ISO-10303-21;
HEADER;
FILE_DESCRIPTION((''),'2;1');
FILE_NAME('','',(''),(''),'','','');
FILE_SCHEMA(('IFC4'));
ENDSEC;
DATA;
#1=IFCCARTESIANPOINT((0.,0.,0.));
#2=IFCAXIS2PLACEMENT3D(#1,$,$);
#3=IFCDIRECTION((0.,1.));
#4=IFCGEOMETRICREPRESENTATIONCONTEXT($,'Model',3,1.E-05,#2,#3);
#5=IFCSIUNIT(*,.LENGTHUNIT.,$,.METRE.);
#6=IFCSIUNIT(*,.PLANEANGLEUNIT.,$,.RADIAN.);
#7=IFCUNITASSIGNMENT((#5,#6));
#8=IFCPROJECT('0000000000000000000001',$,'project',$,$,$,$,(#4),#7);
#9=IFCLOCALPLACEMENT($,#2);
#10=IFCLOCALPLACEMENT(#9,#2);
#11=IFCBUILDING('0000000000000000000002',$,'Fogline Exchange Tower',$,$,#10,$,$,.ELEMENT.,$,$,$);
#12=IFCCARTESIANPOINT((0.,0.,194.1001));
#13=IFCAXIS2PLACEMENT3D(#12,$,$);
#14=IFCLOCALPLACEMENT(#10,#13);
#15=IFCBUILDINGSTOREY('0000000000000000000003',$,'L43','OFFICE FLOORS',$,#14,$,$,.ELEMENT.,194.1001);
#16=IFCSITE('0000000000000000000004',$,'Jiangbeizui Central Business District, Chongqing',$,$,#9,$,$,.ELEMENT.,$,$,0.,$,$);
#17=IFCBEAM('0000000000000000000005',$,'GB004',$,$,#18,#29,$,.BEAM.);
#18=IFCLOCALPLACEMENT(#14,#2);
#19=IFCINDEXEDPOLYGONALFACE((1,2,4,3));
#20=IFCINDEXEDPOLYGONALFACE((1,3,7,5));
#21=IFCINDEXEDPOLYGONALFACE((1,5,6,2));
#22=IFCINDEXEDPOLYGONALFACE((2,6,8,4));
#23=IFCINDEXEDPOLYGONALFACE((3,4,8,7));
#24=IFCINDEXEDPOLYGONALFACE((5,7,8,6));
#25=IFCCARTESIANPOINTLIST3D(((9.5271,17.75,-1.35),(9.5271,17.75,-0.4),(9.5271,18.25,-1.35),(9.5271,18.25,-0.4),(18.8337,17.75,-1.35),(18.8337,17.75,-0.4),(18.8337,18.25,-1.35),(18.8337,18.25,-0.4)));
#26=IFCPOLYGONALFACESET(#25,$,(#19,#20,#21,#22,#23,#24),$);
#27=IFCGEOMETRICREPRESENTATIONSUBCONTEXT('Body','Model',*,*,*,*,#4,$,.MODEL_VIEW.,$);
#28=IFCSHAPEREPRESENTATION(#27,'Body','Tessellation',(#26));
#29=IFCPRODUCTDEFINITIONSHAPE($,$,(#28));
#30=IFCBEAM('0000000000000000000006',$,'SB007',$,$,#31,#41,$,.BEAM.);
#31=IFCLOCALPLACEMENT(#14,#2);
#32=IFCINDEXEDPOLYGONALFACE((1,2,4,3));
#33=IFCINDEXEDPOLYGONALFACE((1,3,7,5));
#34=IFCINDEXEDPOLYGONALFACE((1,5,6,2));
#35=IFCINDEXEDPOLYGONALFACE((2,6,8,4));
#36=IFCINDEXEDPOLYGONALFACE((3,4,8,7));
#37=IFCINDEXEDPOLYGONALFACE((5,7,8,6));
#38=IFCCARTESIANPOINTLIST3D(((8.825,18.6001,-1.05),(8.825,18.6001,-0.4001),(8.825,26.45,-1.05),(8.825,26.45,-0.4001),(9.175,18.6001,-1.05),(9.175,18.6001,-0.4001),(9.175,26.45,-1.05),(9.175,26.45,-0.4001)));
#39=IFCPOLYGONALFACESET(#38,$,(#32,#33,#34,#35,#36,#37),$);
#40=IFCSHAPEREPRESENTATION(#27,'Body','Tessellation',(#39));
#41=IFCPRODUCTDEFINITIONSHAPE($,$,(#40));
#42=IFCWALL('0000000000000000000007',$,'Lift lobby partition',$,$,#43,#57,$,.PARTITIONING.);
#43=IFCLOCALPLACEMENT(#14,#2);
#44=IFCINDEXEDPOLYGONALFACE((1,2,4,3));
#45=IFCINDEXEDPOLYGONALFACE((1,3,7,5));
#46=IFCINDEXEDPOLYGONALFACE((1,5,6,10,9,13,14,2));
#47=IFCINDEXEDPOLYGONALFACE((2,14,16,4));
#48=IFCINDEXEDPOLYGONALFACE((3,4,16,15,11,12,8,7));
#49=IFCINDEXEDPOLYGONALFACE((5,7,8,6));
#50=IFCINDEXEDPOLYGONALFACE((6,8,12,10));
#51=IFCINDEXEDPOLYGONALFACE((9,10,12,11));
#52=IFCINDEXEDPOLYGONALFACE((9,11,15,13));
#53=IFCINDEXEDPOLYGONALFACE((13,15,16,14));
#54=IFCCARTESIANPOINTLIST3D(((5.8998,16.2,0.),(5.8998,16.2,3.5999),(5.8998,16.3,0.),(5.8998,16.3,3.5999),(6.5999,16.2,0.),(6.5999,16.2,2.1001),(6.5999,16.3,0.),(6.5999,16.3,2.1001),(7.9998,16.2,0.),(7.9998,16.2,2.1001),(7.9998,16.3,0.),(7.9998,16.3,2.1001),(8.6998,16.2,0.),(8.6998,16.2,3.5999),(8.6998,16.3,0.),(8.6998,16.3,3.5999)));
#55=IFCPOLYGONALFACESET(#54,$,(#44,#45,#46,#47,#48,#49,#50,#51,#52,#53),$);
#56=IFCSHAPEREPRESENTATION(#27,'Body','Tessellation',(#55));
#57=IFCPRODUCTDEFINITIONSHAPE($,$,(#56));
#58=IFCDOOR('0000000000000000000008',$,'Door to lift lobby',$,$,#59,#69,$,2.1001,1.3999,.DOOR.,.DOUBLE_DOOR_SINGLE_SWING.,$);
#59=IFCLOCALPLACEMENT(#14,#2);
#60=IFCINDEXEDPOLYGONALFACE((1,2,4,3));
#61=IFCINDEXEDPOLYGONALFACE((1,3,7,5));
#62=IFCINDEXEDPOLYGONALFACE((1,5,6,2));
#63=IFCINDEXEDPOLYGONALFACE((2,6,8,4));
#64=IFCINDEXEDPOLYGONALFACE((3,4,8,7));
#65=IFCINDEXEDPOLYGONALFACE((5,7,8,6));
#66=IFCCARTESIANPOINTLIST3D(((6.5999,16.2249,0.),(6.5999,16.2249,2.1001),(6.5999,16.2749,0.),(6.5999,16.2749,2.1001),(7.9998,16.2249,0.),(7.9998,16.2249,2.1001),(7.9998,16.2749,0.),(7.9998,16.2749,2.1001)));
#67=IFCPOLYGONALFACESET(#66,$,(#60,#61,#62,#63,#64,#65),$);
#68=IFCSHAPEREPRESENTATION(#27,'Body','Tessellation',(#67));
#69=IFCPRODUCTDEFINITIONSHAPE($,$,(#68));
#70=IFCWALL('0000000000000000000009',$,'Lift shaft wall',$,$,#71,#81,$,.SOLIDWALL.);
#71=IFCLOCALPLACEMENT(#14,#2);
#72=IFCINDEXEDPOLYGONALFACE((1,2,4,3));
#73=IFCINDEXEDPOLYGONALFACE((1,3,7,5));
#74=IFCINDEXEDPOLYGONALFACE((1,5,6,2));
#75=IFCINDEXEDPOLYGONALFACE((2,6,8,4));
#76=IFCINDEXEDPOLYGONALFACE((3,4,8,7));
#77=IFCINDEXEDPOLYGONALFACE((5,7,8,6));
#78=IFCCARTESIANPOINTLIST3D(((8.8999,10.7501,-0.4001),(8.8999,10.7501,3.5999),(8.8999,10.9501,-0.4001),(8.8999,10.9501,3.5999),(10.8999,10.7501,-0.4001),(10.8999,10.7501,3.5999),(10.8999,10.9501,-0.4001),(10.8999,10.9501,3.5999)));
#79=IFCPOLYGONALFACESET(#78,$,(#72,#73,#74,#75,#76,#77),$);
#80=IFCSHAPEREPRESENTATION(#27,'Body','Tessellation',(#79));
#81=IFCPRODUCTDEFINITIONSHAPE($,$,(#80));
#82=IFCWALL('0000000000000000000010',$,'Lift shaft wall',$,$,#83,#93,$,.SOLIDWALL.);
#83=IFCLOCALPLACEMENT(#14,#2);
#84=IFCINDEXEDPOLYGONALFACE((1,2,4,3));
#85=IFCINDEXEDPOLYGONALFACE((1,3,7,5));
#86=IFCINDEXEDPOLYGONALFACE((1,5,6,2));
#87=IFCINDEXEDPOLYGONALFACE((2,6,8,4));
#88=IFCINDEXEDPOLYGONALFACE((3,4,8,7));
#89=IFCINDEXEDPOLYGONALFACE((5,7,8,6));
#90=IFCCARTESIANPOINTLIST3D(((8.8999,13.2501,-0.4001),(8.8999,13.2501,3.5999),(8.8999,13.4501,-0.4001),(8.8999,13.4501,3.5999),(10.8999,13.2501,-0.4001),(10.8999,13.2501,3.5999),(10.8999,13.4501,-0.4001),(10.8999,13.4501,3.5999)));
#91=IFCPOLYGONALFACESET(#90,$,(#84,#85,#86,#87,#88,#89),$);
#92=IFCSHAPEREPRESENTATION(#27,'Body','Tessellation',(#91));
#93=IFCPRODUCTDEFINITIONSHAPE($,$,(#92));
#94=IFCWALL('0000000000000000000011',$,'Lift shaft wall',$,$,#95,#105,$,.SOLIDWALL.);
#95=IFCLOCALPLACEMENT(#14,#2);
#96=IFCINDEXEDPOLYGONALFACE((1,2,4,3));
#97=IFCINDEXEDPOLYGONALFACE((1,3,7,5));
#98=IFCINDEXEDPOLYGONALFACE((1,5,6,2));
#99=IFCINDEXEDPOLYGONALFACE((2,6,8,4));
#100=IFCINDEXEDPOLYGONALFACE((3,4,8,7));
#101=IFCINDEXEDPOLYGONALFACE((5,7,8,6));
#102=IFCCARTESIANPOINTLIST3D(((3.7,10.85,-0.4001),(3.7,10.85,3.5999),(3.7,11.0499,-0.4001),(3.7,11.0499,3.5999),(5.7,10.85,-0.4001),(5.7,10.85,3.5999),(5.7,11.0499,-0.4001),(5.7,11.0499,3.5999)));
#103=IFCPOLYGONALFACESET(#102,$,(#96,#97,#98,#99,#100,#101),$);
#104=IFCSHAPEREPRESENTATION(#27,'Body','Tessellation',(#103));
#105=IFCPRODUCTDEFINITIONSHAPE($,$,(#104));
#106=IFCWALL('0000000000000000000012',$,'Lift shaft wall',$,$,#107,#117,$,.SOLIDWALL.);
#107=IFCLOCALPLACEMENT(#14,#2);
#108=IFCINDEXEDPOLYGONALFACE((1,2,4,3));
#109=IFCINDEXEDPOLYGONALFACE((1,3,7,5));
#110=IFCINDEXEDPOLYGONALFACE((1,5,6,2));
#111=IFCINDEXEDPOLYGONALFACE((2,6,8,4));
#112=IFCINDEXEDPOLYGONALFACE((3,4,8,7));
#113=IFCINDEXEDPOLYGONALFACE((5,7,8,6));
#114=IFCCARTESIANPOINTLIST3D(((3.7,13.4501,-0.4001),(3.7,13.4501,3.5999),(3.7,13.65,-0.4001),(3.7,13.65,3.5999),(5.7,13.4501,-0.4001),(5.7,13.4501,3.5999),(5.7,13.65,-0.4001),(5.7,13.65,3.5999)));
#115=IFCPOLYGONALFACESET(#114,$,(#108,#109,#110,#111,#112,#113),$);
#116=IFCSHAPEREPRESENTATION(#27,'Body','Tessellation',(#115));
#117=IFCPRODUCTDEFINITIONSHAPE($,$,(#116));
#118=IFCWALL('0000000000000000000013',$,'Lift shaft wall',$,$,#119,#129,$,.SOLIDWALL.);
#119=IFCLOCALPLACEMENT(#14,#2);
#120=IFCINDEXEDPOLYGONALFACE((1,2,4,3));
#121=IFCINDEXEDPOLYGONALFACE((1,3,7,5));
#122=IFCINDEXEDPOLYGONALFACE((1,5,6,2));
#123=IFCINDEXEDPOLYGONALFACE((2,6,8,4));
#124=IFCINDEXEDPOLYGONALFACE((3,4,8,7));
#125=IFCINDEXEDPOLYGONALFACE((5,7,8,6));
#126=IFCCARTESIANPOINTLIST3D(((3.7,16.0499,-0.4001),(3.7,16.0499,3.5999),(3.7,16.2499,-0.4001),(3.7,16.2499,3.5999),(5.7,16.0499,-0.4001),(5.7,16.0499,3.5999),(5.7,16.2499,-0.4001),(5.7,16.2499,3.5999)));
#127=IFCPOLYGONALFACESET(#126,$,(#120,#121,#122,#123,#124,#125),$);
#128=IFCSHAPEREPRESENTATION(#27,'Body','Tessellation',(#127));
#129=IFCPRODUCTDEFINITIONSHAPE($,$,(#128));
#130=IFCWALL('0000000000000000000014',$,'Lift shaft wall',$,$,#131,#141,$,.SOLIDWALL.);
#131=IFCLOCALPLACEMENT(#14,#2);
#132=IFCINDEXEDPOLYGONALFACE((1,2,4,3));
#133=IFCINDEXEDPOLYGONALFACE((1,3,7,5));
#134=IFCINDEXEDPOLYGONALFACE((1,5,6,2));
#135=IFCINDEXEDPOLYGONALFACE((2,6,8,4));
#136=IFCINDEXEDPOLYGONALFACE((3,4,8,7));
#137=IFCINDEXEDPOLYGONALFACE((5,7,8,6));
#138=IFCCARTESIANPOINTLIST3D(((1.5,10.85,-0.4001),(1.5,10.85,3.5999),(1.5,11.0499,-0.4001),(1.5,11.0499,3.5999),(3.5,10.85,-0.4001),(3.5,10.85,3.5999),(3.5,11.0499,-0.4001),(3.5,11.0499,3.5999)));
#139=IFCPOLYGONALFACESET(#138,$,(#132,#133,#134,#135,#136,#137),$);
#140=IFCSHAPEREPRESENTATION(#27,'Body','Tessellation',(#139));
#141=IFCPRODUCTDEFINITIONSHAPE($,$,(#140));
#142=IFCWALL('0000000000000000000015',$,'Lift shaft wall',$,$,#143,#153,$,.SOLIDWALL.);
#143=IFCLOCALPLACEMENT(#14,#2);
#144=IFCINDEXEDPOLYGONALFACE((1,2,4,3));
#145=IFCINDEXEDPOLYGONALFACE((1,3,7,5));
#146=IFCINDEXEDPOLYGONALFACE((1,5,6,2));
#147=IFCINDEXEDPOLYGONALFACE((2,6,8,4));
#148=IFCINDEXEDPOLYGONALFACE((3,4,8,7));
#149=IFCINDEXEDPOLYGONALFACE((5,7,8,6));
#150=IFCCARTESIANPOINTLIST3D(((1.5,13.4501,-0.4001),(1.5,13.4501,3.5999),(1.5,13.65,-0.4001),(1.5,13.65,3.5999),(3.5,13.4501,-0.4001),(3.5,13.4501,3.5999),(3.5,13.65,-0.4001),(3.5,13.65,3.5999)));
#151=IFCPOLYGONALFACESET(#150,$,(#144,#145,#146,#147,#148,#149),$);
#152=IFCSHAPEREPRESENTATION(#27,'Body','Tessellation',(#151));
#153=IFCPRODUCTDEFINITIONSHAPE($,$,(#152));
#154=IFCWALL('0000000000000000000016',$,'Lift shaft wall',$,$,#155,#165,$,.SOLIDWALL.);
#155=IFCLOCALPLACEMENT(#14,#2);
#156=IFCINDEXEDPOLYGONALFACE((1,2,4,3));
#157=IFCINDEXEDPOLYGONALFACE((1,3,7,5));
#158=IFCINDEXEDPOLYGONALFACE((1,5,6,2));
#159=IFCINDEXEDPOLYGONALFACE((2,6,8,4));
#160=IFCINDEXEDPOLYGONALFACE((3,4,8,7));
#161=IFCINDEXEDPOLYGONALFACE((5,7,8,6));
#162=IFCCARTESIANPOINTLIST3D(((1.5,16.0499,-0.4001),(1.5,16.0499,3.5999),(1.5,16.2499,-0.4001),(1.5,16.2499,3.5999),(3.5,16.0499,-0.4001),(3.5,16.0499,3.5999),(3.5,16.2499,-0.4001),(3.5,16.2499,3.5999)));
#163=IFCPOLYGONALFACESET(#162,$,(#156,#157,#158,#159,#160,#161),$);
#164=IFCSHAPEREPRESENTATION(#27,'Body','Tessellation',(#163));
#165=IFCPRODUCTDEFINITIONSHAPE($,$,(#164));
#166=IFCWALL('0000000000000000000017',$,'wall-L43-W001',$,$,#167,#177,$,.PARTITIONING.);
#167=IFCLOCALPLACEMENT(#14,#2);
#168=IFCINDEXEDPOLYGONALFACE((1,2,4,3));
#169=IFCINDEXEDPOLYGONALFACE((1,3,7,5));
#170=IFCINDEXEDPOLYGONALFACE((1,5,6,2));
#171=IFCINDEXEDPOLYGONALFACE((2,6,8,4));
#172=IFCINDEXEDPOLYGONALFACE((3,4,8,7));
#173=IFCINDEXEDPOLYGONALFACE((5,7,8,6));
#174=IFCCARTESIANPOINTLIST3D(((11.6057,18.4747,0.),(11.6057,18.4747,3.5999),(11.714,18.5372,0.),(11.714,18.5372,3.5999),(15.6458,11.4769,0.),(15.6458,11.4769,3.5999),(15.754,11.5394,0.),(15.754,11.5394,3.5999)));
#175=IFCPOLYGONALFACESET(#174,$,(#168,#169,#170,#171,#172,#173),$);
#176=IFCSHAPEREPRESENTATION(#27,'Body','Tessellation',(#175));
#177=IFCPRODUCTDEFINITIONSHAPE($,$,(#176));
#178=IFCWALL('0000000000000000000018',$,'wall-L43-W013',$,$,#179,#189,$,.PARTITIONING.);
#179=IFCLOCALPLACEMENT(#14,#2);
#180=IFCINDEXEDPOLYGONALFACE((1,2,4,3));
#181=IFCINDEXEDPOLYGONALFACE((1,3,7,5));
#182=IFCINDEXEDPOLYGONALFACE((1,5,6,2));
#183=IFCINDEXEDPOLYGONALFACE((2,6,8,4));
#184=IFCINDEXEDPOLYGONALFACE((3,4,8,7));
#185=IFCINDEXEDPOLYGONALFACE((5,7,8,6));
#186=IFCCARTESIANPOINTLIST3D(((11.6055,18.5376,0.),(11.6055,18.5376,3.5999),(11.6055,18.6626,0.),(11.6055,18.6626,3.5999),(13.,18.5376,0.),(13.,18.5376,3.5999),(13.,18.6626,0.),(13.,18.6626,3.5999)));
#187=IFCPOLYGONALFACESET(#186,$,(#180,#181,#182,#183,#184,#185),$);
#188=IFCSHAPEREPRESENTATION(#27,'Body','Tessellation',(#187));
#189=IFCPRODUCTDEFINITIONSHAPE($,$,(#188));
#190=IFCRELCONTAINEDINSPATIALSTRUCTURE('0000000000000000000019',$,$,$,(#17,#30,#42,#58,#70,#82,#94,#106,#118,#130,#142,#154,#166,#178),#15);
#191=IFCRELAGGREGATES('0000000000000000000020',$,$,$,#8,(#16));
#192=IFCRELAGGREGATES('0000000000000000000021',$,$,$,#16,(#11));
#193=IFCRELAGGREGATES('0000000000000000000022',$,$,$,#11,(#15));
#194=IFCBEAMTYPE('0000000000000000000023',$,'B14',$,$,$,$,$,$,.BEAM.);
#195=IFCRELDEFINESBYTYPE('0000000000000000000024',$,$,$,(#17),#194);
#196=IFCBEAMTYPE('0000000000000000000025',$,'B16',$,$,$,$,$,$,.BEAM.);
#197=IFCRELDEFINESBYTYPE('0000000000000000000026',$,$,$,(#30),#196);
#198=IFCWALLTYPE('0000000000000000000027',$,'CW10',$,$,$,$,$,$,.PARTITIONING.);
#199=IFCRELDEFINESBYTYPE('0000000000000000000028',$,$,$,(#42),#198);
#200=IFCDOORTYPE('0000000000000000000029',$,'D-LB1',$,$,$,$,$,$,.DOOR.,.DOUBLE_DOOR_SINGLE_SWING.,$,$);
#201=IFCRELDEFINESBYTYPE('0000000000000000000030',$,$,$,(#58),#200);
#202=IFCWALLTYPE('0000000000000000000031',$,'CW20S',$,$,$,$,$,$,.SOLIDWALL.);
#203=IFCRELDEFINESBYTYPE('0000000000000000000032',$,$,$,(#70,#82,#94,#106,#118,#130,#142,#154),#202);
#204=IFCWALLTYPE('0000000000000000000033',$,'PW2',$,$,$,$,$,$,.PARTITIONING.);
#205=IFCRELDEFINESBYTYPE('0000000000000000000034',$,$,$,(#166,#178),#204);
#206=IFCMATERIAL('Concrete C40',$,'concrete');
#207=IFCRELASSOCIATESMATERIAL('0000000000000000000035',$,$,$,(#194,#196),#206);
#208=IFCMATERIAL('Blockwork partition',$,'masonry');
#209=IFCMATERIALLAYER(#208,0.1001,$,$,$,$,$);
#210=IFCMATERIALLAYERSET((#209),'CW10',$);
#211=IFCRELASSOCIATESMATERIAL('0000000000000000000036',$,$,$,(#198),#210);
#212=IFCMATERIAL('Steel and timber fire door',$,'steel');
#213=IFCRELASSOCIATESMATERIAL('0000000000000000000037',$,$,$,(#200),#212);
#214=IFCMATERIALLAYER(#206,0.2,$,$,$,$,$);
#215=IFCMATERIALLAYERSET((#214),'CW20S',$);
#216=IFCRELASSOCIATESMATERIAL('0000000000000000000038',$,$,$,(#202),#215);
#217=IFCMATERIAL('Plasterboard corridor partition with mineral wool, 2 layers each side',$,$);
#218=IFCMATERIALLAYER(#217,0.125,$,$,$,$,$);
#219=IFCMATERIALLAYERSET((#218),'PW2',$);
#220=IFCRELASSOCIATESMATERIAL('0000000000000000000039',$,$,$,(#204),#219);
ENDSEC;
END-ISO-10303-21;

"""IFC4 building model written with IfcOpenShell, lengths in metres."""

from ifc_helpers import new_model, si_unit, direction, frame, frame_2d, origin, origin_2d, place, context, subcontext, project, spatial, rectangle, extrude, material, layer, layer_set, material_profile, profile_set, type_object, element, fill, save


model = new_model("IFC4")

# Units and contexts
model_context = context("Model", 3, precision=1e-05, world=origin(), true_north=direction((0.0, 1.0)))
body_context = subcontext(model_context, "Body", "Model", "MODEL_VIEW")
ifc_project = project(units=[si_unit("LENGTHUNIT", "METRE"), si_unit("PLANEANGLEUNIT", "RADIAN")], contexts=[model_context])

# Site, building, storey
site_placement = place(None, origin())
site = spatial("IfcSite", under=ifc_project, at=site_placement, Name="Jiangbeizui Central Business District, Chongqing", CompositionType="ELEMENT", RefElevation=0.0)
building_placement = place(site_placement, origin())
building = spatial("IfcBuilding", under=site, at=building_placement, Name="Fogline Exchange Tower", CompositionType="ELEMENT")
storey_placement = place(building_placement, frame((0.0, 0.0, 194.1001)))
storey = spatial("IfcBuildingStorey", under=building, at=storey_placement, Name="L43", Description="OFFICE FLOORS", CompositionType="ELEMENT", Elevation=194.1001)

# Beams
ifc_material_1 = material(Name="Concrete C40", Category="concrete")
ifc_material_profile_1 = material_profile(ifc_material_1, rectangle(XDim=0.5, YDim=0.95, at=origin_2d()), Name="RC 500x950")
ifc_profile_set_1 = profile_set([ifc_material_profile_1], Name="Concrete C40")
beam_type_1 = type_object("IfcBeamType", Name="B14", PredefinedType="BEAM", material=ifc_profile_set_1)
beam_1_placement = place(storey_placement, frame((9.5271, 18.0, -0.875), z_axis=(1.0, 0.0, 0.0), x_axis=(0.0, 1.0, 0.0)))
element("IfcBeam", 1, at=beam_1_placement, inside=storey, type_object=beam_type_1, Name="GB004", PredefinedType="BEAM", context=body_context, shape_type="SweptSolid", body=[
    extrude(rectangle(XDim=0.5, YDim=0.95, at=origin_2d()), origin(), (0.0, 0.0, 1.0), 9.3066),
])
ifc_material_profile_2 = material_profile(ifc_material_1, rectangle(XDim=0.3501, YDim=0.6499, at=origin_2d()), Name="RC 350x650")
ifc_profile_set_2 = profile_set([ifc_material_profile_2], Name="Concrete C40")
beam_type_2 = type_object("IfcBeamType", Name="B16", PredefinedType="BEAM", material=ifc_profile_set_2)
beam_2_placement = place(storey_placement, frame((9.0, 18.6001, -0.7251), z_axis=(0.0, 1.0, 0.0), x_axis=(-1.0, 0.0, 0.0)))
element("IfcBeam", 2, at=beam_2_placement, inside=storey, type_object=beam_type_2, Name="SB007", PredefinedType="BEAM", context=body_context, shape_type="SweptSolid", body=[
    extrude(rectangle(XDim=0.3501, YDim=0.6499, at=origin_2d()), origin(), (0.0, 0.0, 1.0), 7.8499),
])

# Wall, opening, door
ifc_material_2 = material(Name="Blockwork partition", Category="masonry")
ifc_layer_1 = layer(ifc_material_2, 0.1001)
ifc_layer_set_1 = layer_set([ifc_layer_1], Name="CW10")
wall_type_1 = type_object("IfcWallType", Name="CW10", PredefinedType="PARTITIONING", material=ifc_layer_set_1)
wall_1_placement = place(storey_placement, frame((5.8999, 16.25, 0.0), z_axis=(0.0, 0.0, 1.0), x_axis=(1.0, 0.0, 0.0)))
wall_1 = element("IfcWall", 3, at=wall_1_placement, inside=storey, type_object=wall_type_1, Name="Lift lobby partition", PredefinedType="PARTITIONING", context=body_context, shape_type="SweptSolid", body=[
    extrude(rectangle(XDim=2.8, YDim=0.1001, at=frame_2d((1.3999, 0.0))), origin(), (0.0, 0.0, 1.0), 3.5999),
])
opening_1_placement = place(wall_1_placement, frame((0.7, 0.0, 0.0)))
opening_1 = element("IfcOpeningElement", 4, at=opening_1_placement, cuts=wall_1, PredefinedType="OPENING", context=body_context, shape_type="SweptSolid", body=[
    extrude(rectangle(XDim=1.3999, YDim=2.1001, at=frame_2d((0.7, 1.05))), frame((0.0, 0.0601, 0.0), z_axis=(0.0, -1.0, 0.0), x_axis=(1.0, 0.0, 0.0)), (0.0, 0.0, 1.0), 0.1201),
])
ifc_material_3 = material(Name="Steel and timber fire door", Category="steel")
door_type_1 = type_object("IfcDoorType", Name="D-LB1", OperationType="DOUBLE_DOOR_SINGLE_SWING", PredefinedType="DOOR", material=ifc_material_3)
door_1_placement = place(opening_1_placement, origin())
door_1 = element("IfcDoor", 5, at=door_1_placement, inside=storey, type_object=door_type_1, Name="Door to lift lobby", OperationType="DOUBLE_DOOR_SINGLE_SWING", OverallHeight=2.1001, OverallWidth=1.3999, PredefinedType="DOOR", context=body_context, shape_type="SweptSolid", body=[
    extrude(rectangle(XDim=1.3999, YDim=2.1001, at=frame_2d((0.7, 1.05))), frame((0.0, 0.0249, 0.0), z_axis=(0.0, -1.0, 0.0), x_axis=(1.0, 0.0, 0.0)), (0.0, 0.0, 1.0), 0.05),
])
fill(opening_1, door_1)

# Walls
ifc_layer_2 = layer(ifc_material_1, 0.2)
ifc_layer_set_2 = layer_set([ifc_layer_2], Name="CW20S")
wall_type_2 = type_object("IfcWallType", Name="CW20S", PredefinedType="SOLIDWALL", material=ifc_layer_set_2)
for number, where, z_axis, x_axis, name in (
    (6, (8.8999, 10.8501, -0.4001), (0.0, 0.0, 1.0), (1.0, 0.0, 0.0), "Lift shaft wall"),
    (7, (8.8999, 13.3501, -0.4001), (0.0, 0.0, 1.0), (1.0, 0.0, 0.0), "Lift shaft wall"),
    (8, (3.7, 10.95, -0.4001), (0.0, 0.0, 1.0), (1.0, 0.0, 0.0), "Lift shaft wall"),
    (9, (3.7, 13.55, -0.4001), (0.0, 0.0, 1.0), (1.0, 0.0, 0.0), "Lift shaft wall"),
    (10, (3.7, 16.1499, -0.4001), (0.0, 0.0, 1.0), (1.0, 0.0, 0.0), "Lift shaft wall"),
    (11, (1.5, 10.95, -0.4001), (0.0, 0.0, 1.0), (1.0, 0.0, 0.0), "Lift shaft wall"),
    (12, (1.5, 13.55, -0.4001), (0.0, 0.0, 1.0), (1.0, 0.0, 0.0), "Lift shaft wall"),
    (13, (1.5, 16.1499, -0.4001), (0.0, 0.0, 1.0), (1.0, 0.0, 0.0), "Lift shaft wall"),
):
    element("IfcWall", number, at=place(storey_placement, frame(where, z_axis=z_axis, x_axis=x_axis)), inside=storey, type_object=wall_type_2, Name=name, PredefinedType="SOLIDWALL", context=body_context, shape_type="SweptSolid", body=[
        extrude(rectangle(XDim=2.0, YDim=0.2, at=frame_2d((1.0, 0.0))), origin(), (0.0, 0.0, 1.0), 4.0),
    ])
ifc_material_4 = material(Name="Plasterboard corridor partition with mineral wool, 2 layers each side")
ifc_layer_3 = layer(ifc_material_4, 0.125)
ifc_layer_set_3 = layer_set([ifc_layer_3], Name="PW2")
wall_type_3 = type_object("IfcWallType", Name="PW2", PredefinedType="PARTITIONING", material=ifc_layer_set_3)
wall_2_placement = place(storey_placement, frame((11.6599, 18.5059, 0.0), z_axis=(0.0, 0.0, 1.0), x_axis=(0.499987, -0.866033, 0.0)))
element("IfcWall", 14, at=wall_2_placement, inside=storey, type_object=wall_type_3, Name="wall-L43-W001", PredefinedType="PARTITIONING", context=body_context, shape_type="SweptSolid", body=[
    extrude(rectangle(XDim=8.0803, YDim=0.125, at=frame_2d((4.04, 0.0))), origin(), (0.0, 0.0, 1.0), 3.5999),
])
wall_3_placement = place(storey_placement, frame((13.0, 18.6001, 0.0), z_axis=(0.0, 0.0, 1.0), x_axis=(-1.0, 0.0, 0.0)))
element("IfcWall", 15, at=wall_3_placement, inside=storey, type_object=wall_type_3, Name="wall-L43-W013", PredefinedType="PARTITIONING", context=body_context, shape_type="SweptSolid", body=[
    extrude(rectangle(XDim=1.3945, YDim=0.125, at=frame_2d((0.6973, 0.0))), origin(), (0.0, 0.0, 1.0), 3.5999),
])

save(model, "model.ifc")
